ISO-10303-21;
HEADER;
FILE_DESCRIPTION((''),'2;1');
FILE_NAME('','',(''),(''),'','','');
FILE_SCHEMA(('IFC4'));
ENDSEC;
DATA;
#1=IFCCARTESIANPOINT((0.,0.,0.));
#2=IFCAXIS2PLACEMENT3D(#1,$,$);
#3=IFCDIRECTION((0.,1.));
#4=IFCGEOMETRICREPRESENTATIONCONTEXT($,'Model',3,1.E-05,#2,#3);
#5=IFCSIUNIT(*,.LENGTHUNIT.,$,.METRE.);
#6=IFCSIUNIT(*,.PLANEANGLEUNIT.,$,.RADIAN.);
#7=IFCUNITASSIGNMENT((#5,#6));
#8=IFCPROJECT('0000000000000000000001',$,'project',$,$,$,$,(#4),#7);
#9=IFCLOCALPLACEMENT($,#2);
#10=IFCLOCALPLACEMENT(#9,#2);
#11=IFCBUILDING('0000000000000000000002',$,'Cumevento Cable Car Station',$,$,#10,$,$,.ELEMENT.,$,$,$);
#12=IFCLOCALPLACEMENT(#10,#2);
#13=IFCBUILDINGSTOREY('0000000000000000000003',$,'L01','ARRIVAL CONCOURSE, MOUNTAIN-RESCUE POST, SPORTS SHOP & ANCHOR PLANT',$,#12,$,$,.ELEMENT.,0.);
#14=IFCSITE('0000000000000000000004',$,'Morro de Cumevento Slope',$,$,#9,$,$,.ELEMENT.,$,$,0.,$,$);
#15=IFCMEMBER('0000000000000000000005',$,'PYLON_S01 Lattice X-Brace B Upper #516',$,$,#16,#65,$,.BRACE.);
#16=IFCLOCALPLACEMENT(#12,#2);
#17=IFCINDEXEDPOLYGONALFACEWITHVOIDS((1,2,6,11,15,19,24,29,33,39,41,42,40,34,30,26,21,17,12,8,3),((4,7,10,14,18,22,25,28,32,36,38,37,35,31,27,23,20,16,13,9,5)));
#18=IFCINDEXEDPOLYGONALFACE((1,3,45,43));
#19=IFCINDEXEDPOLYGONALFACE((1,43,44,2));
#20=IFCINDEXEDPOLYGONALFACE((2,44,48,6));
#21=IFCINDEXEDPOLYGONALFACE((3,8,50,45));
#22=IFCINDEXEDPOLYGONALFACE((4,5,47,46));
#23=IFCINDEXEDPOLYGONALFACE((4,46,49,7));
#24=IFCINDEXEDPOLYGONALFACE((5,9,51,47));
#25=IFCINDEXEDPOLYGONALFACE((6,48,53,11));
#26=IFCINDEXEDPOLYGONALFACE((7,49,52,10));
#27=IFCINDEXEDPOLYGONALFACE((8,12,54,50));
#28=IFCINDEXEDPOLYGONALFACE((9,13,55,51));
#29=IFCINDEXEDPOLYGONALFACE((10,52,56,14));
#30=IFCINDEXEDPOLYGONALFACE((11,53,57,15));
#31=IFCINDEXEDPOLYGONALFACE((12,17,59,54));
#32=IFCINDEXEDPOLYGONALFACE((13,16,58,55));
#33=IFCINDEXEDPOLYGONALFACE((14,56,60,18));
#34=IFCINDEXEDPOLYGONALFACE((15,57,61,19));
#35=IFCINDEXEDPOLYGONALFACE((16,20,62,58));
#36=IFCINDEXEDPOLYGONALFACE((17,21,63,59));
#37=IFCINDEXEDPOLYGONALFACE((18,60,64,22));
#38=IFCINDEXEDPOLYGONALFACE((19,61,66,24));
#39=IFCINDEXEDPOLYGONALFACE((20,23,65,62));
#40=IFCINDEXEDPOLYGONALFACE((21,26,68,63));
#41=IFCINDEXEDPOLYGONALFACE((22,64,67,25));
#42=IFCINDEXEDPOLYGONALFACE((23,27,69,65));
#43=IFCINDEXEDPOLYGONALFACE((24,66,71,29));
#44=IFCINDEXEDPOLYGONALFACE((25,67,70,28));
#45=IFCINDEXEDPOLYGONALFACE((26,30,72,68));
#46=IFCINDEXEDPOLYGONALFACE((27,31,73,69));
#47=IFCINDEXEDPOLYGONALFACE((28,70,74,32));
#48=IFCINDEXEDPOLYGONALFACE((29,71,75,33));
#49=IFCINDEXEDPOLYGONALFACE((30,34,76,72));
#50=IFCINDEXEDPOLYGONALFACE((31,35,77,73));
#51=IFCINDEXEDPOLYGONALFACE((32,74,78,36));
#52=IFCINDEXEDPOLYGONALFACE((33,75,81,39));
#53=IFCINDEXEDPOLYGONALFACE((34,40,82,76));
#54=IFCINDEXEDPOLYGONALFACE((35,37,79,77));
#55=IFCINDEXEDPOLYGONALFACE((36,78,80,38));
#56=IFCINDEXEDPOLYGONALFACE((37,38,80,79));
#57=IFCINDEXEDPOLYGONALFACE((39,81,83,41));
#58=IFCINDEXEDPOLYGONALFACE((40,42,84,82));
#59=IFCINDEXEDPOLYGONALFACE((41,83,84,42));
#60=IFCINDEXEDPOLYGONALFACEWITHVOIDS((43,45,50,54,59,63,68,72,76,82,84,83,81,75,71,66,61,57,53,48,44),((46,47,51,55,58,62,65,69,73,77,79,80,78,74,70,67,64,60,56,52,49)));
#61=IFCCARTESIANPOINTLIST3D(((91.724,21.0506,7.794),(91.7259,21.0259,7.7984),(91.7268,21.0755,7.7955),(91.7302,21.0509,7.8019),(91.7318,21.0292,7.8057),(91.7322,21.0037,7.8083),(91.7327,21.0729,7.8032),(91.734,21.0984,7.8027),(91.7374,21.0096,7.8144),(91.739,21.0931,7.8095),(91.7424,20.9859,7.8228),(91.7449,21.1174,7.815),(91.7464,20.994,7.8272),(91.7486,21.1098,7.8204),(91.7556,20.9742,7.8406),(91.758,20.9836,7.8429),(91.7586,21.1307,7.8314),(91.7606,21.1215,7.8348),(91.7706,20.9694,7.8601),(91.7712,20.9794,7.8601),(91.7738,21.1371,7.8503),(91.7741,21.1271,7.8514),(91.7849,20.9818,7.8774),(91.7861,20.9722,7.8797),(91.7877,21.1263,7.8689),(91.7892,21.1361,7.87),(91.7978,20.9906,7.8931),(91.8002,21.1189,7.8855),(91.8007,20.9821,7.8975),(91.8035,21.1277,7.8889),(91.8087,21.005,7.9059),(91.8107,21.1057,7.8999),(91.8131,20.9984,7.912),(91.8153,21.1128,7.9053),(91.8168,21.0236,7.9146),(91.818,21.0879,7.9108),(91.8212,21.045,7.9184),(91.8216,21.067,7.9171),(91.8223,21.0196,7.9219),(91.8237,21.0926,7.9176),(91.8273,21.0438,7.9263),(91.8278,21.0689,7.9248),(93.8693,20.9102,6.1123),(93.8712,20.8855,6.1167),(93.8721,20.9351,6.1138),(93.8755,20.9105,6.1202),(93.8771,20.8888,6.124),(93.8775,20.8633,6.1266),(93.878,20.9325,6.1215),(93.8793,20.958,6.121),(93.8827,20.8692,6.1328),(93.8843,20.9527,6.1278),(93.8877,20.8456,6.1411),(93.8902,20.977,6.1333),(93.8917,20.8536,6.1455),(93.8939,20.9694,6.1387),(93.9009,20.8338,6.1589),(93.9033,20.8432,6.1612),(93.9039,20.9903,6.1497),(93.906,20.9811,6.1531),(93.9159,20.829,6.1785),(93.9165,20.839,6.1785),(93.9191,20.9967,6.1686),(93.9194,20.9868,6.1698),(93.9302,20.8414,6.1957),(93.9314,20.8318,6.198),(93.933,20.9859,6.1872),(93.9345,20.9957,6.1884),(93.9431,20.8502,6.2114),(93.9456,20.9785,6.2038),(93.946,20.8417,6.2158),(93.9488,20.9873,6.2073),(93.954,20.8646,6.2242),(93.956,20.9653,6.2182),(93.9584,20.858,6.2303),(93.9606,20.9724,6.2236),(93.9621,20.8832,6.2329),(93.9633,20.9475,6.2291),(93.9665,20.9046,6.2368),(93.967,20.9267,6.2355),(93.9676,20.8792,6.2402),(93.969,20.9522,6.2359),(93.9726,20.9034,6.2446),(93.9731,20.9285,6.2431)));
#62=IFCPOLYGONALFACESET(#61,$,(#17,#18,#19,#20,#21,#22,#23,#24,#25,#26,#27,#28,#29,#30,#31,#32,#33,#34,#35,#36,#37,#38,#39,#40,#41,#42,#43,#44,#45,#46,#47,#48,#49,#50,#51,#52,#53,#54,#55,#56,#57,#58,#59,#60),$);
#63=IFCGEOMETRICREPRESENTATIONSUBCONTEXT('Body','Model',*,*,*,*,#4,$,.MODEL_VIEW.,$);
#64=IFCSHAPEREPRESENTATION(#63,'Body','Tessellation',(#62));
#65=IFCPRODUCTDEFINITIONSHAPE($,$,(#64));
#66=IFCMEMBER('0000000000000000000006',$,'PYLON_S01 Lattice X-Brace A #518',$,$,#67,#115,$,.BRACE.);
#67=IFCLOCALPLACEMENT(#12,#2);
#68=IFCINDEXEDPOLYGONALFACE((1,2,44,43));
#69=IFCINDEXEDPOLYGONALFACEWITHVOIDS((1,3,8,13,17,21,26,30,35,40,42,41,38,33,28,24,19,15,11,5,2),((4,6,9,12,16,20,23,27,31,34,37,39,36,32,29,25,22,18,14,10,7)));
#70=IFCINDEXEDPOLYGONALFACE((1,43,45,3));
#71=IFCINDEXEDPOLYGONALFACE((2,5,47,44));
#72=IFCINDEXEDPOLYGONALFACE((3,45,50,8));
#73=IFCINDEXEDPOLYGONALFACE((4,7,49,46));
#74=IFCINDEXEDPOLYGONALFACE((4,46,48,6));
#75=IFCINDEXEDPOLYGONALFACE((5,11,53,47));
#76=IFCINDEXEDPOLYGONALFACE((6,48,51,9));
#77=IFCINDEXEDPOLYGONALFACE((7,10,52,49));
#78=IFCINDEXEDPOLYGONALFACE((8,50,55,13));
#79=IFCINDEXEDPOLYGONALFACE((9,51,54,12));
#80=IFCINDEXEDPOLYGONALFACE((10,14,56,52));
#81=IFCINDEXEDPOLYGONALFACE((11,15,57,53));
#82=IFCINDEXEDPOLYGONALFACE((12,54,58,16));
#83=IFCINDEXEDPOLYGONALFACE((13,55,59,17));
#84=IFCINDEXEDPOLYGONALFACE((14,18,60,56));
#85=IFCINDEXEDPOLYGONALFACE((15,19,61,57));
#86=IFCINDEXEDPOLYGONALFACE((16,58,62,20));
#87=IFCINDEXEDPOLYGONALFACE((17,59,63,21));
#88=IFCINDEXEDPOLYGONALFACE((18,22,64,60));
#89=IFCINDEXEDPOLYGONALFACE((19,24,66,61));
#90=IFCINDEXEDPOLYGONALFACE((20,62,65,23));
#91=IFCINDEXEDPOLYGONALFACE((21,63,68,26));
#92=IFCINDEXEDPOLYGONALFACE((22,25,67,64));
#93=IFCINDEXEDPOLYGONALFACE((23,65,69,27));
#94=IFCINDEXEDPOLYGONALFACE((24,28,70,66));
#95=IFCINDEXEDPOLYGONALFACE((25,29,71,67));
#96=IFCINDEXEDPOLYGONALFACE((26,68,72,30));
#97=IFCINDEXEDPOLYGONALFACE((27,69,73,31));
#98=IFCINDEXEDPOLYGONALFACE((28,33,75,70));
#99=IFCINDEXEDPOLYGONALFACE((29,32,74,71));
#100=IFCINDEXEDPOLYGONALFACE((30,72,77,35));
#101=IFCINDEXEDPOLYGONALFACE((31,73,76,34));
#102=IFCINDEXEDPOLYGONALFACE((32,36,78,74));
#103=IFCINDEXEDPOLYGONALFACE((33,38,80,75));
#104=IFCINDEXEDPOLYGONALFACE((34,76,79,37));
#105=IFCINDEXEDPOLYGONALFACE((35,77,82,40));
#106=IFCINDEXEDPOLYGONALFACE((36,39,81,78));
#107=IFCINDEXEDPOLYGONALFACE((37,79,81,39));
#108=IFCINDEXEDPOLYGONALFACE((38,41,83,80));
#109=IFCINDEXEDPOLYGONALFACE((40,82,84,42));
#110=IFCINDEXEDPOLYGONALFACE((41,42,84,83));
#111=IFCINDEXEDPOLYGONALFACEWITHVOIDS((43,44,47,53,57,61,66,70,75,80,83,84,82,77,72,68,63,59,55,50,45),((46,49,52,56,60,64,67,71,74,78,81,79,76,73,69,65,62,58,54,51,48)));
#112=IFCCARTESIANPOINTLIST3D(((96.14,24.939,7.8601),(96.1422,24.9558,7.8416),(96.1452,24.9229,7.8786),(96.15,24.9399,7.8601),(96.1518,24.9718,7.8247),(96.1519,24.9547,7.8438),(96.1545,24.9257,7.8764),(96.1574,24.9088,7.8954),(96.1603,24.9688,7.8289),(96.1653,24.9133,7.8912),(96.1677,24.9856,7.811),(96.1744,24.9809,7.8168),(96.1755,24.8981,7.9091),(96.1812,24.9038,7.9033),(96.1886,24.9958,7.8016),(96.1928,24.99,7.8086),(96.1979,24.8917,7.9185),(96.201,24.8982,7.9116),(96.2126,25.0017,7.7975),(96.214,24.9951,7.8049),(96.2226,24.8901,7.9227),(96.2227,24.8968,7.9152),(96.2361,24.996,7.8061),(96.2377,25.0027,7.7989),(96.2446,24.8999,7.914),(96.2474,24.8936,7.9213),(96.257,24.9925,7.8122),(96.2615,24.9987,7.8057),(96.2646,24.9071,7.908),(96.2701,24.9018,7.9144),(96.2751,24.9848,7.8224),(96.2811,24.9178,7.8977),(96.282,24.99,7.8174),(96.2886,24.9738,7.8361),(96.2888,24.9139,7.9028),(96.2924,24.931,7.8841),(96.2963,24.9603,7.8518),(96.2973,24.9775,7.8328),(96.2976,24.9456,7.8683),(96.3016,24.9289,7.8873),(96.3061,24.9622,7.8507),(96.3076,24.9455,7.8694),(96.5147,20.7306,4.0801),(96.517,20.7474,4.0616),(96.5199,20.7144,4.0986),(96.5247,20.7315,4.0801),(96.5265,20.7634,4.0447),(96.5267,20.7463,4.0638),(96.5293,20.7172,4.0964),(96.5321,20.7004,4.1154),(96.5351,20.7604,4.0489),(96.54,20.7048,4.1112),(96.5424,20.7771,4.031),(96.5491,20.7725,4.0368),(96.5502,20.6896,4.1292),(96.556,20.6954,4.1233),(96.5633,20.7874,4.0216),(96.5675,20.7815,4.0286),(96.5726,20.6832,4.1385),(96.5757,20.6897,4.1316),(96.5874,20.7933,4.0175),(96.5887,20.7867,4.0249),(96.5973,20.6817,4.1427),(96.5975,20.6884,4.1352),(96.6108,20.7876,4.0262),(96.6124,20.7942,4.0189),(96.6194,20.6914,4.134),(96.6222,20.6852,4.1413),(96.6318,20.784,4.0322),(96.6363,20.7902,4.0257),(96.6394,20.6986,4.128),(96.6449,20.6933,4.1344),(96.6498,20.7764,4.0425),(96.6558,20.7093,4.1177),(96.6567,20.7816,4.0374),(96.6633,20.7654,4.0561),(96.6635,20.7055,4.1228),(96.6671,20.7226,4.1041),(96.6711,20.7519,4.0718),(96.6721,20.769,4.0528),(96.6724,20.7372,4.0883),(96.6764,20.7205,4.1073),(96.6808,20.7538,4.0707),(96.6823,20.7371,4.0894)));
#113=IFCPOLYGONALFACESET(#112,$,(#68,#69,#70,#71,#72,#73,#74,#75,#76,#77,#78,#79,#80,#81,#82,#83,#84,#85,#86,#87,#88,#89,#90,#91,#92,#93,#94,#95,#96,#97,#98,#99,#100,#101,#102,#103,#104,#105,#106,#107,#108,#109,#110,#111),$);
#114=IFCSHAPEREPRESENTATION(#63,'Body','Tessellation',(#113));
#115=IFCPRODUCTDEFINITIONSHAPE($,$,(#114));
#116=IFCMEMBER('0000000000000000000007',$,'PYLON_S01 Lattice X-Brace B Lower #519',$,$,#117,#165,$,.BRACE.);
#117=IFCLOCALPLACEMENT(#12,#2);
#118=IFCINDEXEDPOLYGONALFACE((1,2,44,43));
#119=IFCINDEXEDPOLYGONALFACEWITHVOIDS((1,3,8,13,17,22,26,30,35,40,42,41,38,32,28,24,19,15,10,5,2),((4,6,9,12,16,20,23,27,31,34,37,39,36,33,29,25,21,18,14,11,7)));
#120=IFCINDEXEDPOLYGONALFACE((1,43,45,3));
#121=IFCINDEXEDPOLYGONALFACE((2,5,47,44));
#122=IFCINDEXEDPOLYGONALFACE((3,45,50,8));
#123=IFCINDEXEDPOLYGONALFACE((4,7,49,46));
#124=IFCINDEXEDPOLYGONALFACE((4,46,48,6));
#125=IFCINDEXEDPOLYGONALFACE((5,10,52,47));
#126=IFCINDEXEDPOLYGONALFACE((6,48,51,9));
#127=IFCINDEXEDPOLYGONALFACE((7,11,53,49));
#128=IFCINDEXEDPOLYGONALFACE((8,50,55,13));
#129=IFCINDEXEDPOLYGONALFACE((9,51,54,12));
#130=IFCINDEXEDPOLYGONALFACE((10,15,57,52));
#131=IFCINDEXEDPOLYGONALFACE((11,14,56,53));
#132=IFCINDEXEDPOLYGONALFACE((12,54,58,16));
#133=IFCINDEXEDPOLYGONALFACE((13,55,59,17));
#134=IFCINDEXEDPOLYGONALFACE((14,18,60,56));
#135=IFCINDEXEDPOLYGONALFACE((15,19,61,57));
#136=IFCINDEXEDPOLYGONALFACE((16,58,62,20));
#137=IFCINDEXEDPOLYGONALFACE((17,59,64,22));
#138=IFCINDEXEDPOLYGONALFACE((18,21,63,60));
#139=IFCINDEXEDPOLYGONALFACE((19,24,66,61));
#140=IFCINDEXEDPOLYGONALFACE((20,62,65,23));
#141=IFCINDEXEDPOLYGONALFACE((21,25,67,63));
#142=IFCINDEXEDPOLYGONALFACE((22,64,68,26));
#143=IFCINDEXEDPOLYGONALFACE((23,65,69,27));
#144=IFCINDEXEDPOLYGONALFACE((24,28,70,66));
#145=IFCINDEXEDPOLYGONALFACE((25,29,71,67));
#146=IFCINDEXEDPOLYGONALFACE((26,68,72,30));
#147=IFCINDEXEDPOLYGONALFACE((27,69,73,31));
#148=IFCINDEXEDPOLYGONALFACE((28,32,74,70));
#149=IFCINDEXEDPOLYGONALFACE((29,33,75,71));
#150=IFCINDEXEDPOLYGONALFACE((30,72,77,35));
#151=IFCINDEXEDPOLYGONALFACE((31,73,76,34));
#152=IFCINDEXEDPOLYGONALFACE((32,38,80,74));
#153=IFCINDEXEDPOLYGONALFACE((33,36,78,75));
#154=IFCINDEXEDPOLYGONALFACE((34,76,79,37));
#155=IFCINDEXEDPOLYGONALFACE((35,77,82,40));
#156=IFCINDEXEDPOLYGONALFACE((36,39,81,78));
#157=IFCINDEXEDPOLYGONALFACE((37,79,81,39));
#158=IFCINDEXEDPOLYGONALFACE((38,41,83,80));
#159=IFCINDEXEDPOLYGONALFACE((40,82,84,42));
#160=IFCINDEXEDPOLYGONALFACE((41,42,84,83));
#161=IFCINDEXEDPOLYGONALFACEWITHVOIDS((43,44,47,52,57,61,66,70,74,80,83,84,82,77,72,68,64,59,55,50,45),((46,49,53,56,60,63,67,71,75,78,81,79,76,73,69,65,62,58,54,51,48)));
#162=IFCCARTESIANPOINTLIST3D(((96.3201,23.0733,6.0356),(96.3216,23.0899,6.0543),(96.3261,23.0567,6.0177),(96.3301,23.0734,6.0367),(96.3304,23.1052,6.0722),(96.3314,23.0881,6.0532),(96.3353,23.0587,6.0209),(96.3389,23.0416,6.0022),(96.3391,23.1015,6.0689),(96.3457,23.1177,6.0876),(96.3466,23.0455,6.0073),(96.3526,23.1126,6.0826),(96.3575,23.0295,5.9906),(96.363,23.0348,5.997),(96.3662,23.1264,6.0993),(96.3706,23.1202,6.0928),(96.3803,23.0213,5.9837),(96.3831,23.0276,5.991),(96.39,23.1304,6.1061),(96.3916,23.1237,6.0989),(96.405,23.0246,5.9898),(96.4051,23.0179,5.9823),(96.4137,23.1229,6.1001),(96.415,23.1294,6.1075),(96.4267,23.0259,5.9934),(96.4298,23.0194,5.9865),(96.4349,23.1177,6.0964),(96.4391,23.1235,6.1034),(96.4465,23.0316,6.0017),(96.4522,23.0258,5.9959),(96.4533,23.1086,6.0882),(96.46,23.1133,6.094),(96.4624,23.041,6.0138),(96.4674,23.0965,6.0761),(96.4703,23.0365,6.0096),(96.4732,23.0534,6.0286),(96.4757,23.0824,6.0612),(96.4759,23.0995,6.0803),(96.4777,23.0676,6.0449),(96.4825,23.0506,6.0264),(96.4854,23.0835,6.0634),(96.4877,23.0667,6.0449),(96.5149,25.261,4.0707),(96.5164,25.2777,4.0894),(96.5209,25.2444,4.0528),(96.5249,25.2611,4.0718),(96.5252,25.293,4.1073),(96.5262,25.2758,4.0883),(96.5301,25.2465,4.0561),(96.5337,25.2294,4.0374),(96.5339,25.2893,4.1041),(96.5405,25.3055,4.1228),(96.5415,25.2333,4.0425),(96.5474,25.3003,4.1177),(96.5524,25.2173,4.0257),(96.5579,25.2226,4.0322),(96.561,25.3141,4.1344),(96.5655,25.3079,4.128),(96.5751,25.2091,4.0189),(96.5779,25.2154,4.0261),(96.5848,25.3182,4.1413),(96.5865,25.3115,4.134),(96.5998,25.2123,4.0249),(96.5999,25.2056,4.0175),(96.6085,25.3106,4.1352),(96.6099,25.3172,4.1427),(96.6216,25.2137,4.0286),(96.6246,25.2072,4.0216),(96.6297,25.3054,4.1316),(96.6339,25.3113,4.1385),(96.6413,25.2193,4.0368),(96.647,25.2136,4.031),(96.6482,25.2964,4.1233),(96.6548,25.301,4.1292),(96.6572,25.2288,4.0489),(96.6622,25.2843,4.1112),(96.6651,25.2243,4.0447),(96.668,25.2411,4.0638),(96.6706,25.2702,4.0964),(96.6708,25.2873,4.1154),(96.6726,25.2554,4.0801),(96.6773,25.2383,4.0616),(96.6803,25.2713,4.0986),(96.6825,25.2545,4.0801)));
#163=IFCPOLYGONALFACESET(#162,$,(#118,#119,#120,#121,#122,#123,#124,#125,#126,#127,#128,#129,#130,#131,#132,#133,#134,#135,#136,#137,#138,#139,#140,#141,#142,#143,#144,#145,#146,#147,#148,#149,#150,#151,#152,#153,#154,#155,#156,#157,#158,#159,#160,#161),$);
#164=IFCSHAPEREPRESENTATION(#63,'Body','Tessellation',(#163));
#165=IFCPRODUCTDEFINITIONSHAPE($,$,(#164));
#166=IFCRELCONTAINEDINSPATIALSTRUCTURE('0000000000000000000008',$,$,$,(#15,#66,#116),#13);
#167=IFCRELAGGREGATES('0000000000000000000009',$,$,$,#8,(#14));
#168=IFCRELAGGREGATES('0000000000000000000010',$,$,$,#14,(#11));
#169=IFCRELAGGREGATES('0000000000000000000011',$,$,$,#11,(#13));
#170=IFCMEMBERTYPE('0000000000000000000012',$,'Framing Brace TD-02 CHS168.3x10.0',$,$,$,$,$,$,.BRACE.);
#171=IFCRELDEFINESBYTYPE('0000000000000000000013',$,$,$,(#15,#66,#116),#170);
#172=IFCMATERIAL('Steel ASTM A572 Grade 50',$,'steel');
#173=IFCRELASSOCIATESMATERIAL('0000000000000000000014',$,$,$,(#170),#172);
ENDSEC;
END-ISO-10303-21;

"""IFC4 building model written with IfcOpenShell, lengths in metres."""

from ifc_helpers import new_model, si_unit, direction, frame, origin, origin_2d, place, context, subcontext, project, spatial, hollow_circle, extrude, material, material_profile, profile_set, type_object, element, save


model = new_model("IFC4")

# Units and contexts
model_context = context("Model", 3, precision=1e-05, world=origin(), true_north=direction((0.0, 1.0)))
body_context = subcontext(model_context, "Body", "Model", "MODEL_VIEW")
ifc_project = project(units=[si_unit("LENGTHUNIT", "METRE"), si_unit("PLANEANGLEUNIT", "RADIAN")], contexts=[model_context])

# Site, building, storey
site_placement = place(None, origin())
site = spatial("IfcSite", under=ifc_project, at=site_placement, Name="Morro de Cumevento Slope", CompositionType="ELEMENT", RefElevation=0.0)
building_placement = place(site_placement, origin())
building = spatial("IfcBuilding", under=site, at=building_placement, Name="Cumevento Cable Car Station", CompositionType="ELEMENT")
storey_placement = place(building_placement, origin())
storey = spatial("IfcBuildingStorey", under=building, at=storey_placement, Name="L01", Description="ARRIVAL CONCOURSE, MOUNTAIN-RESCUE POST, SPORTS SHOP & ANCHOR PLANT", CompositionType="ELEMENT", Elevation=0.0)

# Members
ifc_material_1 = material(Name="Steel ASTM A572 Grade 50", Category="steel")
ifc_material_profile_1 = material_profile(ifc_material_1, hollow_circle(Radius=0.0842, WallThickness=0.01, at=origin_2d()), Name="CHS168.3x10.0")
ifc_profile_set_1 = profile_set([ifc_material_profile_1], Name="Steel ASTM A572 Grade 50")
member_type_1 = type_object("IfcMemberType", Name="Framing Brace TD-02 CHS168.3x10.0", PredefinedType="BRACE", material=ifc_profile_set_1)
member_1_placement = place(storey_placement, frame((93.9214, 20.9131, 6.1785), z_axis=(-0.785975, 0.051432, 0.616115), x_axis=(-0.065298, -0.997866, 0.0)))
element("IfcMember", 1, at=member_1_placement, inside=storey, type_object=member_type_1, Name="PYLON_S01 Lattice X-Brace B Upper #516", PredefinedType="BRACE", context=body_context, shape_type="SweptSolid", body=[
    extrude(hollow_circle(Radius=0.0842, WallThickness=0.01, at=origin_2d()), origin(), (0.0, 0.0, 1.0), 2.7295),
])
member_2_placement = place(storey_placement, frame((96.5986, 20.738, 4.0801), z_axis=(-0.066103, 0.742336, 0.666759), x_axis=(-0.996059, -0.088696, 0.0)))
element("IfcMember", 2, at=member_2_placement, inside=storey, type_object=member_type_1, Name="PYLON_S01 Lattice X-Brace A #518", PredefinedType="BRACE", context=body_context, shape_type="SweptSolid", body=[
    extrude(hollow_circle(Radius=0.0842, WallThickness=0.01, at=origin_2d()), origin(), (0.0, 0.0, 1.0), 5.6692),
])
member_3_placement = place(storey_placement, frame((96.5986, 25.262, 4.0801), z_axis=(-0.066109, -0.742364, 0.666727), x_axis=(0.996058, -0.088702, 0.0)))
element("IfcMember", 3, at=member_3_placement, inside=storey, type_object=member_type_1, Name="PYLON_S01 Lattice X-Brace B Lower #519", PredefinedType="BRACE", context=body_context, shape_type="SweptSolid", body=[
    extrude(hollow_circle(Radius=0.0842, WallThickness=0.01, at=origin_2d()), origin(), (0.0, 0.0, 1.0), 2.947),
])

save(model, "model.ifc")
